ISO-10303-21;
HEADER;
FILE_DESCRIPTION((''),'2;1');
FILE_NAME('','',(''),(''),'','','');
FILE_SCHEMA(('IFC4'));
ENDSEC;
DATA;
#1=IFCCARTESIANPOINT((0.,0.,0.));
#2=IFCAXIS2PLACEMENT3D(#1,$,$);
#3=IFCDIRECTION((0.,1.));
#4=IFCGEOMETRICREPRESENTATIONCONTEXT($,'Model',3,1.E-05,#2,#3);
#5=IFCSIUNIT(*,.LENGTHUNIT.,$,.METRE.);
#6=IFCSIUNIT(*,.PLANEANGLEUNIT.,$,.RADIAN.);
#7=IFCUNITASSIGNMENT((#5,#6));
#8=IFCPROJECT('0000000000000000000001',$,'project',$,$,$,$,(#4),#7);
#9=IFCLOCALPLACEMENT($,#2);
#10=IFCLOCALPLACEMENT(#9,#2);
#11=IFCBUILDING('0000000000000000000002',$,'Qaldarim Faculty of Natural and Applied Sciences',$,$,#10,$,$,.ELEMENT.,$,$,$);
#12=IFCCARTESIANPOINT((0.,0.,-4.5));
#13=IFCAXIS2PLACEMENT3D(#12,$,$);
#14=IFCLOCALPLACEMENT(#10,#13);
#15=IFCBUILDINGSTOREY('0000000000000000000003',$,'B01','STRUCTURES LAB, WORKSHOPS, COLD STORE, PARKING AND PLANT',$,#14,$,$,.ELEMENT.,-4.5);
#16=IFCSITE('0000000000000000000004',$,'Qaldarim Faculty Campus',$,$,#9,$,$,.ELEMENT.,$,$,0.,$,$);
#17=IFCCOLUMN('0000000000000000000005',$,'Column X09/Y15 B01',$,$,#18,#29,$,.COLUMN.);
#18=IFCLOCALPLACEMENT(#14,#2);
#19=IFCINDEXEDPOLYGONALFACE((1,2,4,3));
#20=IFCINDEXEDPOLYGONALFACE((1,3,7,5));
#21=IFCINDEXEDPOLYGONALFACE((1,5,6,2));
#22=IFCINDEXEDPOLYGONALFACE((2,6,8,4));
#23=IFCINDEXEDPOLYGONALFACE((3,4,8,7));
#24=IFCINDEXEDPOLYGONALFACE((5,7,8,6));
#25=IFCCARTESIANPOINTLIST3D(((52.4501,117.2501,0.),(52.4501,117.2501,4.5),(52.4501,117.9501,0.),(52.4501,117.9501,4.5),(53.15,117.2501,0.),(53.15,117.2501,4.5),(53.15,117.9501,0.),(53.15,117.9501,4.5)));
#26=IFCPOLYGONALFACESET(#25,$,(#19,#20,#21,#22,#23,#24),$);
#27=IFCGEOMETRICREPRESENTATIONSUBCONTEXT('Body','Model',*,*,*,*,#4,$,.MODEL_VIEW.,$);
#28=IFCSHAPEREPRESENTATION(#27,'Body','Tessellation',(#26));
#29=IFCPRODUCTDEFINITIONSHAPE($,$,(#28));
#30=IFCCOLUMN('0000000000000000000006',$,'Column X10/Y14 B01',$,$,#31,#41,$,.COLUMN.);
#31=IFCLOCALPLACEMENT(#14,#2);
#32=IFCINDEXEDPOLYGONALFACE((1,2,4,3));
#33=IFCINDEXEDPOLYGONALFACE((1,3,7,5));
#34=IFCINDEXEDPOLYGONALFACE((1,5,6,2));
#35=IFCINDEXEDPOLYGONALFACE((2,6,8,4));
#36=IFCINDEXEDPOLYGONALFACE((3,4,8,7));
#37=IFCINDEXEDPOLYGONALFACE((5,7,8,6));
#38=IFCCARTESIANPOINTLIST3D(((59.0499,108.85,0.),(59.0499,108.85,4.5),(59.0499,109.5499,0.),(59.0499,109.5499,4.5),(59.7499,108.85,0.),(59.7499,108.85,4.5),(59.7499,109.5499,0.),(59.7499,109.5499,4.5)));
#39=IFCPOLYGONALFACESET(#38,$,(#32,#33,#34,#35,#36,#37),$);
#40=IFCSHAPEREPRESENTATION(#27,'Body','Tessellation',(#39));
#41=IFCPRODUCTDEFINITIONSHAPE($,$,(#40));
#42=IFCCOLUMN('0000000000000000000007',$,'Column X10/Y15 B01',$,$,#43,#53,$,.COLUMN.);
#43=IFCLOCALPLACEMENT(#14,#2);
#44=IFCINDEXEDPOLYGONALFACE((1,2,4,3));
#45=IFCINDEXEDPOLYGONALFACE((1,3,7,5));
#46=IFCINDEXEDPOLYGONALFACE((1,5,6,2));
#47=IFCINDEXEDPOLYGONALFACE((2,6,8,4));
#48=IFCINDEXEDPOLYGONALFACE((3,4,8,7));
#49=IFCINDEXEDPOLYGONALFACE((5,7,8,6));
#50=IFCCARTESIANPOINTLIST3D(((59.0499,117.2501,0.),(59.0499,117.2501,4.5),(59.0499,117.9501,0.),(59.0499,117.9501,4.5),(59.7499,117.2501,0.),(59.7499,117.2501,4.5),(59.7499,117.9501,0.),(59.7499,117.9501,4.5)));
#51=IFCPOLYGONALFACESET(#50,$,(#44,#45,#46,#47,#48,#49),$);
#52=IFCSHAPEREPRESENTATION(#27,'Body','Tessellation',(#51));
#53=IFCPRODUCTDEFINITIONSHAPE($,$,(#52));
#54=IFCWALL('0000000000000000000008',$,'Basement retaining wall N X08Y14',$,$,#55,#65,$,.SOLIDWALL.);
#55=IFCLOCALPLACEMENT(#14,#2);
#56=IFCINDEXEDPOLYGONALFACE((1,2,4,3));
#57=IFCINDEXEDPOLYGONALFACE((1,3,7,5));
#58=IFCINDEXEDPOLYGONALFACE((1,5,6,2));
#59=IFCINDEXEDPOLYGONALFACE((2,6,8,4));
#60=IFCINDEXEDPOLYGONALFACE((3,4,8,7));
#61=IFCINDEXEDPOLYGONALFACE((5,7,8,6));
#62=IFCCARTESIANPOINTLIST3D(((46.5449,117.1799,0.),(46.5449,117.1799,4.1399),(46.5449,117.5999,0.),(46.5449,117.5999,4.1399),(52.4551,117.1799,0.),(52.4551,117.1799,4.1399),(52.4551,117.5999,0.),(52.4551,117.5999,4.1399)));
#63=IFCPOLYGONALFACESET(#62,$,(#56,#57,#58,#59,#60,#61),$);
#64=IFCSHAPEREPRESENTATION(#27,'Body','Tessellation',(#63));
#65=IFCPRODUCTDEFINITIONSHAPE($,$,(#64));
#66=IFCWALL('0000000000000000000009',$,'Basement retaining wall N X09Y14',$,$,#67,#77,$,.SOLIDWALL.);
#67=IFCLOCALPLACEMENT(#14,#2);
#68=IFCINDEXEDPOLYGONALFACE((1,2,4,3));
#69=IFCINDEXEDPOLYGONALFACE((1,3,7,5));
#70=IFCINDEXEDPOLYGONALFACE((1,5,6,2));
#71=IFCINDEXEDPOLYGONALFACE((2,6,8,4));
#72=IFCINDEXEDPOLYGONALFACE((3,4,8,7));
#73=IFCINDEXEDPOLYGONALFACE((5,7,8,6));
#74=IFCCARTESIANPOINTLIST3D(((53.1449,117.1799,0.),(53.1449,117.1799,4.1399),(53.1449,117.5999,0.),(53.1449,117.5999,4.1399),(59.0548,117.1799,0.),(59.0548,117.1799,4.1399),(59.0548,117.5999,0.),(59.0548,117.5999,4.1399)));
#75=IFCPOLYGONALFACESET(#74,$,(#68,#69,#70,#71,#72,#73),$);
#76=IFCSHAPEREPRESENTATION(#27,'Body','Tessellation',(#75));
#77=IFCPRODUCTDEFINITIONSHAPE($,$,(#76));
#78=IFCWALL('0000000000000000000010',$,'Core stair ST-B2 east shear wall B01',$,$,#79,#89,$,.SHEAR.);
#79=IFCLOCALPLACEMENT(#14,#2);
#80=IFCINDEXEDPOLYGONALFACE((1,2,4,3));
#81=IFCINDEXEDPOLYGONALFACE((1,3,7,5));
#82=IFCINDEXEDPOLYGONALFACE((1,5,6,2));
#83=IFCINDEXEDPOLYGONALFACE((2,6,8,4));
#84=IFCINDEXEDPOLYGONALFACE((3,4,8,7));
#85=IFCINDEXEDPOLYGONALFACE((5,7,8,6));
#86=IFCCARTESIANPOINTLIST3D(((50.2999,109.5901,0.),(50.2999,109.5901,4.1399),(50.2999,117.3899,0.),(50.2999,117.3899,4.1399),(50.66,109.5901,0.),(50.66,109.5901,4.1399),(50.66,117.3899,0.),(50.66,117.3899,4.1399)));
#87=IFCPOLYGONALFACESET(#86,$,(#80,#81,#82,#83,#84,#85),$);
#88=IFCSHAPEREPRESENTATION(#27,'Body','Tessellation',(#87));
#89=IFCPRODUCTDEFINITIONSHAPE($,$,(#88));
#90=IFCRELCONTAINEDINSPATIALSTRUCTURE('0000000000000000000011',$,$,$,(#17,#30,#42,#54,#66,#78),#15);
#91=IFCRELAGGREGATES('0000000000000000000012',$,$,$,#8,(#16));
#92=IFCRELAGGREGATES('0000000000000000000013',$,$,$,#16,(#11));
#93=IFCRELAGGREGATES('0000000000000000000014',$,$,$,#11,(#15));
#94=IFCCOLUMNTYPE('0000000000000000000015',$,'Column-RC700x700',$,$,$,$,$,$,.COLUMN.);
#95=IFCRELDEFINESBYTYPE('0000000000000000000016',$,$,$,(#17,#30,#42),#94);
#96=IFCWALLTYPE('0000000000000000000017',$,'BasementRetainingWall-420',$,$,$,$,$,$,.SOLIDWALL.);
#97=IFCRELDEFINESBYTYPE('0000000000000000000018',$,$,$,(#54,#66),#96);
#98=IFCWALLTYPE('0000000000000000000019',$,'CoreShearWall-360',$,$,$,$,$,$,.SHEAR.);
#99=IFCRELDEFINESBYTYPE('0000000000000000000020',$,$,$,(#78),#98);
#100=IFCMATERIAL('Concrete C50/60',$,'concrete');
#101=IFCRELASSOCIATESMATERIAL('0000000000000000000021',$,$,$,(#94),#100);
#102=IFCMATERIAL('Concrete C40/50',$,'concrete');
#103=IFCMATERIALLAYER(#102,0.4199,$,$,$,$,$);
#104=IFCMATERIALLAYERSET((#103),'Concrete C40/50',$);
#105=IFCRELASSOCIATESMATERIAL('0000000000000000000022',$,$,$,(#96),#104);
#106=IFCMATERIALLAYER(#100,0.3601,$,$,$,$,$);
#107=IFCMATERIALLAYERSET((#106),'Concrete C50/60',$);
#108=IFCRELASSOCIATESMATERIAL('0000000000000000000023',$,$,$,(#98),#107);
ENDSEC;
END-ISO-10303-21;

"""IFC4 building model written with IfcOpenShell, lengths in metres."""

from ifc_helpers import new_model, si_unit, direction, frame, frame_2d, origin, origin_2d, place, context, subcontext, project, spatial, rectangle, extrude, material, layer, layer_set, material_profile, profile_set, type_object, element, save


model = new_model("IFC4")

# Units and contexts
model_context = context("Model", 3, precision=1e-05, world=origin(), true_north=direction((0.0, 1.0)))
body_context = subcontext(model_context, "Body", "Model", "MODEL_VIEW")
ifc_project = project(units=[si_unit("LENGTHUNIT", "METRE"), si_unit("PLANEANGLEUNIT", "RADIAN")], contexts=[model_context])

# Site, building, storey
site_placement = place(None, origin())
site = spatial("IfcSite", under=ifc_project, at=site_placement, Name="Qaldarim Faculty Campus", CompositionType="ELEMENT", RefElevation=0.0)
building_placement = place(site_placement, origin())
building = spatial("IfcBuilding", under=site, at=building_placement, Name="Qaldarim Faculty of Natural and Applied Sciences", CompositionType="ELEMENT")
storey_placement = place(building_placement, frame((0.0, 0.0, -4.5)))
storey = spatial("IfcBuildingStorey", under=building, at=storey_placement, Name="B01", Description="STRUCTURES LAB, WORKSHOPS, COLD STORE, PARKING AND PLANT", CompositionType="ELEMENT", Elevation=-4.5)

# Shared definitions
ifc_material_1 = material(Name="Concrete C40/50", Category="concrete")

# Columns
ifc_material_2 = material(Name="Concrete C50/60", Category="concrete")
ifc_material_profile_1 = material_profile(ifc_material_2, rectangle(XDim=0.7, YDim=0.7, at=origin_2d()), Name="RC-C700x700")
ifc_profile_set_1 = profile_set([ifc_material_profile_1], Name="Concrete C50/60")
column_type = type_object("IfcColumnType", Name="Column-RC700x700", PredefinedType="COLUMN", material=ifc_profile_set_1)
for number, where, z_axis, x_axis, name in (
    (1, (52.8, 117.6001, 0.0), (0.0, 0.0, 1.0), (1.0, 0.0, 0.0), "Column X09/Y15 B01"),
    (2, (59.3999, 109.2, 0.0), (0.0, 0.0, 1.0), (1.0, 0.0, 0.0), "Column X10/Y14 B01"),
    (3, (59.3999, 117.6001, 0.0), (0.0, 0.0, 1.0), (1.0, 0.0, 0.0), "Column X10/Y15 B01"),
):
    element("IfcColumn", number, at=place(storey_placement, frame(where, z_axis=z_axis, x_axis=x_axis)), inside=storey, type_object=column_type, Name=name, PredefinedType="COLUMN", context=body_context, shape_type="SweptSolid", body=[
        extrude(rectangle(XDim=0.7, YDim=0.7, at=origin_2d()), origin(), (0.0, 0.0, 1.0), 4.5),
    ])

# Walls
ifc_layer_1 = layer(ifc_material_1, 0.4199)
ifc_layer_set_1 = layer_set([ifc_layer_1], Name="Concrete C40/50")
wall_type_1 = type_object("IfcWallType", Name="BasementRetainingWall-420", PredefinedType="SOLIDWALL", material=ifc_layer_set_1)
wall_1_placement = place(storey_placement, frame((52.4551, 117.3899, 0.0), z_axis=(0.0, 0.0, 1.0), x_axis=(-1.0, 0.0, 0.0)))
element("IfcWall", 4, at=wall_1_placement, inside=storey, type_object=wall_type_1, Name="Basement retaining wall N X08Y14", PredefinedType="SOLIDWALL", context=body_context, shape_type="SweptSolid", body=[
    extrude(rectangle(XDim=5.9102, YDim=0.4199, at=frame_2d((2.9551, 0.0))), origin(), (0.0, 0.0, 1.0), 4.1399),
])
wall_2_placement = place(storey_placement, frame((59.0549, 117.3899, 0.0), z_axis=(0.0, 0.0, 1.0), x_axis=(-1.0, 0.0, 0.0)))
element("IfcWall", 5, at=wall_2_placement, inside=storey, type_object=wall_type_1, Name="Basement retaining wall N X09Y14", PredefinedType="SOLIDWALL", context=body_context, shape_type="SweptSolid", body=[
    extrude(rectangle(XDim=5.9099, YDim=0.4199, at=frame_2d((2.9551, 0.0))), origin(), (0.0, 0.0, 1.0), 4.1399),
])
ifc_layer_2 = layer(ifc_material_2, 0.3601)
ifc_layer_set_2 = layer_set([ifc_layer_2], Name="Concrete C50/60")
wall_type_2 = type_object("IfcWallType", Name="CoreShearWall-360", PredefinedType="SHEAR", material=ifc_layer_set_2)
wall_3_placement = place(storey_placement, frame((50.48, 109.5901, 0.0), z_axis=(0.0, 0.0, 1.0), x_axis=(0.0, 1.0, 0.0)))
element("IfcWall", 6, at=wall_3_placement, inside=storey, type_object=wall_type_2, Name="Core stair ST-B2 east shear wall B01", PredefinedType="SHEAR", context=body_context, shape_type="SweptSolid", body=[
    extrude(rectangle(XDim=7.7998, YDim=0.3601, at=frame_2d((3.8999, 0.0))), origin(), (0.0, 0.0, 1.0), 4.1399),
])

save(model, "model.ifc")
